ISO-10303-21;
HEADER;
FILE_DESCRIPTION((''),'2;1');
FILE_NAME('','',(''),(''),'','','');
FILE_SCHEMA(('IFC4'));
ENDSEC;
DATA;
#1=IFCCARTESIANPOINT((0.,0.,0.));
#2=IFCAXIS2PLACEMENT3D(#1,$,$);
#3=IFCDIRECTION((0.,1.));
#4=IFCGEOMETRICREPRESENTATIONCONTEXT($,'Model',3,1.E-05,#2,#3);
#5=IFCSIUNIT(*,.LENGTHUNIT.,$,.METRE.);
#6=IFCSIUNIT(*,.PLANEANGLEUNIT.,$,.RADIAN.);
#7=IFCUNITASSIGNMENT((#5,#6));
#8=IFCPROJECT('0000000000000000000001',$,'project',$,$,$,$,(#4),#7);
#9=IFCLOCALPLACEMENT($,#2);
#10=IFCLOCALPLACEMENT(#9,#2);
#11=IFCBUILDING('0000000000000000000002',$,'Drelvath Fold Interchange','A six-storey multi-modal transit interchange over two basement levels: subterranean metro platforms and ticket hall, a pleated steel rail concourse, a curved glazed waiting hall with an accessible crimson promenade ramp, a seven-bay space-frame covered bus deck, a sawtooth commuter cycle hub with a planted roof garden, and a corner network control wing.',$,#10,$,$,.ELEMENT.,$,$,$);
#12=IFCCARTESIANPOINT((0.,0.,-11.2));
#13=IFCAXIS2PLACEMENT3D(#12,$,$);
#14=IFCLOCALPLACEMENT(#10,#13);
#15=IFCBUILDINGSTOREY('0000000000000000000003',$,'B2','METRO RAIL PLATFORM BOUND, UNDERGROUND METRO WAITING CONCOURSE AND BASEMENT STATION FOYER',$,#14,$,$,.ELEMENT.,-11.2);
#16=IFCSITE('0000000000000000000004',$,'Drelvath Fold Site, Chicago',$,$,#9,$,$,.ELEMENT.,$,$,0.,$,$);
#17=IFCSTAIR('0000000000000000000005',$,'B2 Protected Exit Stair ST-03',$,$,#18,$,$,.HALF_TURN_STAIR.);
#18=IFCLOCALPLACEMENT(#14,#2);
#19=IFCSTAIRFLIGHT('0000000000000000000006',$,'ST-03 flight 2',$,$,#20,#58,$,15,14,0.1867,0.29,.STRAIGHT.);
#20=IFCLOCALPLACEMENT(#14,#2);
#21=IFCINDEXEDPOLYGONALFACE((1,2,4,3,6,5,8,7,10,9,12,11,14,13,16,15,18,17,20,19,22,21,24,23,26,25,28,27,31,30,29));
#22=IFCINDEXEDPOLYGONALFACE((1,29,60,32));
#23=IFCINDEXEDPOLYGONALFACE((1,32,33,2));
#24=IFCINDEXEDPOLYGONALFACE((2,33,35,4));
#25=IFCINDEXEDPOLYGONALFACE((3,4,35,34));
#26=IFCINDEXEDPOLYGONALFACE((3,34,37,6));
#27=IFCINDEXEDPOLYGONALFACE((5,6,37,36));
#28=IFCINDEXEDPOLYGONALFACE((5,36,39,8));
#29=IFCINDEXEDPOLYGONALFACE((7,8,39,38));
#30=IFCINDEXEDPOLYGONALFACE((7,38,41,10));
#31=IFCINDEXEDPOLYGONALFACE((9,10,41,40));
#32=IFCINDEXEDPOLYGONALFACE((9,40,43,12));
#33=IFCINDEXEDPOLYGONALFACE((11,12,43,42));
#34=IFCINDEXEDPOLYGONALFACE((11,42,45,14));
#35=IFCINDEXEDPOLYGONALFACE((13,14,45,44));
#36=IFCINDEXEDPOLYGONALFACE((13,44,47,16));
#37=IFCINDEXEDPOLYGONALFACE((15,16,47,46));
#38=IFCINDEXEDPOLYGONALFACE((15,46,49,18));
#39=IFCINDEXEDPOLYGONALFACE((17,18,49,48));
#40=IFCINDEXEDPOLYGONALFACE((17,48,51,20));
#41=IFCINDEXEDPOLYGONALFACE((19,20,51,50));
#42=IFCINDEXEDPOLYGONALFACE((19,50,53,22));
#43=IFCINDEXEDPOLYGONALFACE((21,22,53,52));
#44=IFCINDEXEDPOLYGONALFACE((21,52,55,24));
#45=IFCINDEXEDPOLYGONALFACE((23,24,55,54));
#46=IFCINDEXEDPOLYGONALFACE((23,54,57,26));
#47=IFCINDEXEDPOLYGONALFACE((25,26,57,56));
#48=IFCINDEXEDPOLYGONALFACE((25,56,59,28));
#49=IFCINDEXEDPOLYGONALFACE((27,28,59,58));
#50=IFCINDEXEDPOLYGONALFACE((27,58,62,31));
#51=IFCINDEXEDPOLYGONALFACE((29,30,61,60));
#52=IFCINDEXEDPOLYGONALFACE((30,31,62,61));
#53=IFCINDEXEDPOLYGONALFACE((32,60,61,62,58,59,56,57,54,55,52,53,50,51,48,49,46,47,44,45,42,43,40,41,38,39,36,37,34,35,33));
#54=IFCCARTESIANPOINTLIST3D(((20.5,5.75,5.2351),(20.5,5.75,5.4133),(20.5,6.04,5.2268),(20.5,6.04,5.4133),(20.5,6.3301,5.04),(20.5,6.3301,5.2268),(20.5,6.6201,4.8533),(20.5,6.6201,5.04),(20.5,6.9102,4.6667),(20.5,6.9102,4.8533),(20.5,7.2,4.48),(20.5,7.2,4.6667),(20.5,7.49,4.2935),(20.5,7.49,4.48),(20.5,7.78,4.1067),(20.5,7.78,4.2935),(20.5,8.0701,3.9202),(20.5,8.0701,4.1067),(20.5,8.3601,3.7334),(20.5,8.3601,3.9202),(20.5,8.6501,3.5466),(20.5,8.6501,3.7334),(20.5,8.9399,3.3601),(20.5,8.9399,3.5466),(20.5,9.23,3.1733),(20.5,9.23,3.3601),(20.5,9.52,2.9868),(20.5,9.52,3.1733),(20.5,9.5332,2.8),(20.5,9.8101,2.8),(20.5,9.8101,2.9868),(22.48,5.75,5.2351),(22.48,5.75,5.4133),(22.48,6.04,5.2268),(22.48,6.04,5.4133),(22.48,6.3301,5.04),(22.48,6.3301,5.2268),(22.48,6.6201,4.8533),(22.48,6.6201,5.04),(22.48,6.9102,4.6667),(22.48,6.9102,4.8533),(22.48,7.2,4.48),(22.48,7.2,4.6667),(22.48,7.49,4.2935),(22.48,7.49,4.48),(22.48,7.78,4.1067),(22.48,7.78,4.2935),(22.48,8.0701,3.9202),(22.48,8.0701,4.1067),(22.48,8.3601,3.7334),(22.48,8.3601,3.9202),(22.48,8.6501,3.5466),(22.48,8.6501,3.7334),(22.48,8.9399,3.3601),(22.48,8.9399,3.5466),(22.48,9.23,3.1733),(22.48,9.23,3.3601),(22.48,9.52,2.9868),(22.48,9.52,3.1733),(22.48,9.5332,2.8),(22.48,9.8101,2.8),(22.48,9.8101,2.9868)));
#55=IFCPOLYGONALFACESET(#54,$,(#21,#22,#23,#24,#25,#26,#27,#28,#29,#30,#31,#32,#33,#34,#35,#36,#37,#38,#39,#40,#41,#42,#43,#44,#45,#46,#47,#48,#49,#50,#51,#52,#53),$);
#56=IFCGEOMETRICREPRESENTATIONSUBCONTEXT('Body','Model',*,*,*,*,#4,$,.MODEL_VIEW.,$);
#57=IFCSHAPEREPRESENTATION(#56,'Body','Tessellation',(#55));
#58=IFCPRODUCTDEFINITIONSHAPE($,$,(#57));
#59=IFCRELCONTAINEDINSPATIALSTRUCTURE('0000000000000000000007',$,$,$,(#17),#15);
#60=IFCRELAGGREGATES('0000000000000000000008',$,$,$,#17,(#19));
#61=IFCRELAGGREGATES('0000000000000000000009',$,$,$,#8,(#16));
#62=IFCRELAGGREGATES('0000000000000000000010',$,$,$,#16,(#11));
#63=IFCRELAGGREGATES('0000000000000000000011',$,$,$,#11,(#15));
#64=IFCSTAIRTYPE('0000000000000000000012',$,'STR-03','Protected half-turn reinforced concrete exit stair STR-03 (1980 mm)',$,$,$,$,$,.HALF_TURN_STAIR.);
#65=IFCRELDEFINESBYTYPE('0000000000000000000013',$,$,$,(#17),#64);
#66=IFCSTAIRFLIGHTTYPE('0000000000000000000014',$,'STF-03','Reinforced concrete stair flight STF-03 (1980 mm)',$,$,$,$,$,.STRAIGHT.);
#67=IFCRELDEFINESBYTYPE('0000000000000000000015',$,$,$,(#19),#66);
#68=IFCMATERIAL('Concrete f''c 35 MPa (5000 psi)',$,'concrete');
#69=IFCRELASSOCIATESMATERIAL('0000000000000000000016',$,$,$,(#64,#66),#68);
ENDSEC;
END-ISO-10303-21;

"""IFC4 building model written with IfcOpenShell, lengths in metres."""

from ifc_helpers import new_model, si_unit, direction, frame, origin, place, context, subcontext, project, spatial, polyline, outline, extrude, material, type_object, element, aggregate, save


model = new_model("IFC4")

# Units and contexts
model_context = context("Model", 3, precision=1e-05, world=origin(), true_north=direction((0.0, 1.0)))
body_context = subcontext(model_context, "Body", "Model", "MODEL_VIEW")
ifc_project = project(units=[si_unit("LENGTHUNIT", "METRE"), si_unit("PLANEANGLEUNIT", "RADIAN")], contexts=[model_context])

# Site, building, storey
site_placement = place(None, origin())
site = spatial("IfcSite", under=ifc_project, at=site_placement, Name="Drelvath Fold Site, Chicago", CompositionType="ELEMENT", RefElevation=0.0)
building_placement = place(site_placement, origin())
building = spatial("IfcBuilding", under=site, at=building_placement, Name="Drelvath Fold Interchange", Description="A six-storey multi-modal transit interchange over two basement levels: subterranean metro platforms and ticket hall, a pleated steel rail concourse, a curved glazed waiting hall with an accessible crimson promenade ramp, a seven-bay space-frame covered bus deck, a sawtooth commuter cycle hub with a planted roof garden, and a corner network control wing.", CompositionType="ELEMENT")
storey_placement = place(building_placement, frame((0.0, 0.0, -11.2)))
storey = spatial("IfcBuildingStorey", under=building, at=storey_placement, Name="B2", Description="METRO RAIL PLATFORM BOUND, UNDERGROUND METRO WAITING CONCOURSE AND BASEMENT STATION FOYER", CompositionType="ELEMENT", Elevation=-11.2)

# Shared definitions
ifc_material_1 = material(Name="Concrete f'c 35 MPa (5000 psi)", Category="concrete")

# Stair, stair flight
stair_type = type_object("IfcStairType", Name="STR-03", Description="Protected half-turn reinforced concrete exit stair STR-03 (1980 mm)", PredefinedType="HALF_TURN_STAIR", material=ifc_material_1)
stair_placement = place(storey_placement, origin())
stair = element("IfcStair", 1, at=stair_placement, inside=storey, type_object=stair_type, Name="B2 Protected Exit Stair ST-03", PredefinedType="HALF_TURN_STAIR")
stair_flight_type = type_object("IfcStairFlightType", Name="STF-03", Description="Reinforced concrete stair flight STF-03 (1980 mm)", PredefinedType="STRAIGHT", material=ifc_material_1)
stair_flight_1_placement = place(storey_placement, frame((21.49, 9.8101, 2.8), z_axis=(0.0, 0.0, 1.0), x_axis=(0.0, -1.0, 0.0)))
stair_flight_1 = element("IfcStairFlight", 2, at=stair_flight_1_placement, type_object=stair_flight_type, Name="ST-03 flight 2", NumberOfRisers=15, NumberOfTreads=14, PredefinedType="STRAIGHT", RiserHeight=0.1867, TreadLength=0.29, context=body_context, shape_type="SweptSolid", body=[
    extrude(outline(polyline([(0.0, 0.0), (0.0, 0.1868), (0.29, 0.1868), (0.29, 0.3733), (0.5801, 0.3733), (0.5801, 0.5601), (0.8701, 0.5601), (0.8701, 0.7466), (1.1599, 0.7466), (1.1599, 0.9333), (1.45, 0.9333), (1.45, 1.1201), (1.74, 1.1201), (1.74, 1.3066), (2.03, 1.3066), (2.03, 1.4934), (2.3201, 1.4934), (2.3201, 1.6799), (2.6101, 1.6799), (2.6101, 1.8667), (2.8999, 1.8667), (2.8999, 2.0532), (3.1899, 2.0532), (3.1899, 2.24), (3.48, 2.24), (3.48, 2.4268), (3.77, 2.4268), (3.77, 2.6133), (4.0601, 2.6133), (4.0601, 2.8), (4.0601, 2.4351), (0.2769, 0.0), (0.0, 0.0)])), frame((0.0, 0.99, 0.0), z_axis=(0.0, -1.0, 0.0), x_axis=(1.0, 0.0, 0.0)), (0.0, 0.0, 1.0), 1.98),
])
aggregate(stair, [stair_flight_1])

save(model, "model.ifc")
